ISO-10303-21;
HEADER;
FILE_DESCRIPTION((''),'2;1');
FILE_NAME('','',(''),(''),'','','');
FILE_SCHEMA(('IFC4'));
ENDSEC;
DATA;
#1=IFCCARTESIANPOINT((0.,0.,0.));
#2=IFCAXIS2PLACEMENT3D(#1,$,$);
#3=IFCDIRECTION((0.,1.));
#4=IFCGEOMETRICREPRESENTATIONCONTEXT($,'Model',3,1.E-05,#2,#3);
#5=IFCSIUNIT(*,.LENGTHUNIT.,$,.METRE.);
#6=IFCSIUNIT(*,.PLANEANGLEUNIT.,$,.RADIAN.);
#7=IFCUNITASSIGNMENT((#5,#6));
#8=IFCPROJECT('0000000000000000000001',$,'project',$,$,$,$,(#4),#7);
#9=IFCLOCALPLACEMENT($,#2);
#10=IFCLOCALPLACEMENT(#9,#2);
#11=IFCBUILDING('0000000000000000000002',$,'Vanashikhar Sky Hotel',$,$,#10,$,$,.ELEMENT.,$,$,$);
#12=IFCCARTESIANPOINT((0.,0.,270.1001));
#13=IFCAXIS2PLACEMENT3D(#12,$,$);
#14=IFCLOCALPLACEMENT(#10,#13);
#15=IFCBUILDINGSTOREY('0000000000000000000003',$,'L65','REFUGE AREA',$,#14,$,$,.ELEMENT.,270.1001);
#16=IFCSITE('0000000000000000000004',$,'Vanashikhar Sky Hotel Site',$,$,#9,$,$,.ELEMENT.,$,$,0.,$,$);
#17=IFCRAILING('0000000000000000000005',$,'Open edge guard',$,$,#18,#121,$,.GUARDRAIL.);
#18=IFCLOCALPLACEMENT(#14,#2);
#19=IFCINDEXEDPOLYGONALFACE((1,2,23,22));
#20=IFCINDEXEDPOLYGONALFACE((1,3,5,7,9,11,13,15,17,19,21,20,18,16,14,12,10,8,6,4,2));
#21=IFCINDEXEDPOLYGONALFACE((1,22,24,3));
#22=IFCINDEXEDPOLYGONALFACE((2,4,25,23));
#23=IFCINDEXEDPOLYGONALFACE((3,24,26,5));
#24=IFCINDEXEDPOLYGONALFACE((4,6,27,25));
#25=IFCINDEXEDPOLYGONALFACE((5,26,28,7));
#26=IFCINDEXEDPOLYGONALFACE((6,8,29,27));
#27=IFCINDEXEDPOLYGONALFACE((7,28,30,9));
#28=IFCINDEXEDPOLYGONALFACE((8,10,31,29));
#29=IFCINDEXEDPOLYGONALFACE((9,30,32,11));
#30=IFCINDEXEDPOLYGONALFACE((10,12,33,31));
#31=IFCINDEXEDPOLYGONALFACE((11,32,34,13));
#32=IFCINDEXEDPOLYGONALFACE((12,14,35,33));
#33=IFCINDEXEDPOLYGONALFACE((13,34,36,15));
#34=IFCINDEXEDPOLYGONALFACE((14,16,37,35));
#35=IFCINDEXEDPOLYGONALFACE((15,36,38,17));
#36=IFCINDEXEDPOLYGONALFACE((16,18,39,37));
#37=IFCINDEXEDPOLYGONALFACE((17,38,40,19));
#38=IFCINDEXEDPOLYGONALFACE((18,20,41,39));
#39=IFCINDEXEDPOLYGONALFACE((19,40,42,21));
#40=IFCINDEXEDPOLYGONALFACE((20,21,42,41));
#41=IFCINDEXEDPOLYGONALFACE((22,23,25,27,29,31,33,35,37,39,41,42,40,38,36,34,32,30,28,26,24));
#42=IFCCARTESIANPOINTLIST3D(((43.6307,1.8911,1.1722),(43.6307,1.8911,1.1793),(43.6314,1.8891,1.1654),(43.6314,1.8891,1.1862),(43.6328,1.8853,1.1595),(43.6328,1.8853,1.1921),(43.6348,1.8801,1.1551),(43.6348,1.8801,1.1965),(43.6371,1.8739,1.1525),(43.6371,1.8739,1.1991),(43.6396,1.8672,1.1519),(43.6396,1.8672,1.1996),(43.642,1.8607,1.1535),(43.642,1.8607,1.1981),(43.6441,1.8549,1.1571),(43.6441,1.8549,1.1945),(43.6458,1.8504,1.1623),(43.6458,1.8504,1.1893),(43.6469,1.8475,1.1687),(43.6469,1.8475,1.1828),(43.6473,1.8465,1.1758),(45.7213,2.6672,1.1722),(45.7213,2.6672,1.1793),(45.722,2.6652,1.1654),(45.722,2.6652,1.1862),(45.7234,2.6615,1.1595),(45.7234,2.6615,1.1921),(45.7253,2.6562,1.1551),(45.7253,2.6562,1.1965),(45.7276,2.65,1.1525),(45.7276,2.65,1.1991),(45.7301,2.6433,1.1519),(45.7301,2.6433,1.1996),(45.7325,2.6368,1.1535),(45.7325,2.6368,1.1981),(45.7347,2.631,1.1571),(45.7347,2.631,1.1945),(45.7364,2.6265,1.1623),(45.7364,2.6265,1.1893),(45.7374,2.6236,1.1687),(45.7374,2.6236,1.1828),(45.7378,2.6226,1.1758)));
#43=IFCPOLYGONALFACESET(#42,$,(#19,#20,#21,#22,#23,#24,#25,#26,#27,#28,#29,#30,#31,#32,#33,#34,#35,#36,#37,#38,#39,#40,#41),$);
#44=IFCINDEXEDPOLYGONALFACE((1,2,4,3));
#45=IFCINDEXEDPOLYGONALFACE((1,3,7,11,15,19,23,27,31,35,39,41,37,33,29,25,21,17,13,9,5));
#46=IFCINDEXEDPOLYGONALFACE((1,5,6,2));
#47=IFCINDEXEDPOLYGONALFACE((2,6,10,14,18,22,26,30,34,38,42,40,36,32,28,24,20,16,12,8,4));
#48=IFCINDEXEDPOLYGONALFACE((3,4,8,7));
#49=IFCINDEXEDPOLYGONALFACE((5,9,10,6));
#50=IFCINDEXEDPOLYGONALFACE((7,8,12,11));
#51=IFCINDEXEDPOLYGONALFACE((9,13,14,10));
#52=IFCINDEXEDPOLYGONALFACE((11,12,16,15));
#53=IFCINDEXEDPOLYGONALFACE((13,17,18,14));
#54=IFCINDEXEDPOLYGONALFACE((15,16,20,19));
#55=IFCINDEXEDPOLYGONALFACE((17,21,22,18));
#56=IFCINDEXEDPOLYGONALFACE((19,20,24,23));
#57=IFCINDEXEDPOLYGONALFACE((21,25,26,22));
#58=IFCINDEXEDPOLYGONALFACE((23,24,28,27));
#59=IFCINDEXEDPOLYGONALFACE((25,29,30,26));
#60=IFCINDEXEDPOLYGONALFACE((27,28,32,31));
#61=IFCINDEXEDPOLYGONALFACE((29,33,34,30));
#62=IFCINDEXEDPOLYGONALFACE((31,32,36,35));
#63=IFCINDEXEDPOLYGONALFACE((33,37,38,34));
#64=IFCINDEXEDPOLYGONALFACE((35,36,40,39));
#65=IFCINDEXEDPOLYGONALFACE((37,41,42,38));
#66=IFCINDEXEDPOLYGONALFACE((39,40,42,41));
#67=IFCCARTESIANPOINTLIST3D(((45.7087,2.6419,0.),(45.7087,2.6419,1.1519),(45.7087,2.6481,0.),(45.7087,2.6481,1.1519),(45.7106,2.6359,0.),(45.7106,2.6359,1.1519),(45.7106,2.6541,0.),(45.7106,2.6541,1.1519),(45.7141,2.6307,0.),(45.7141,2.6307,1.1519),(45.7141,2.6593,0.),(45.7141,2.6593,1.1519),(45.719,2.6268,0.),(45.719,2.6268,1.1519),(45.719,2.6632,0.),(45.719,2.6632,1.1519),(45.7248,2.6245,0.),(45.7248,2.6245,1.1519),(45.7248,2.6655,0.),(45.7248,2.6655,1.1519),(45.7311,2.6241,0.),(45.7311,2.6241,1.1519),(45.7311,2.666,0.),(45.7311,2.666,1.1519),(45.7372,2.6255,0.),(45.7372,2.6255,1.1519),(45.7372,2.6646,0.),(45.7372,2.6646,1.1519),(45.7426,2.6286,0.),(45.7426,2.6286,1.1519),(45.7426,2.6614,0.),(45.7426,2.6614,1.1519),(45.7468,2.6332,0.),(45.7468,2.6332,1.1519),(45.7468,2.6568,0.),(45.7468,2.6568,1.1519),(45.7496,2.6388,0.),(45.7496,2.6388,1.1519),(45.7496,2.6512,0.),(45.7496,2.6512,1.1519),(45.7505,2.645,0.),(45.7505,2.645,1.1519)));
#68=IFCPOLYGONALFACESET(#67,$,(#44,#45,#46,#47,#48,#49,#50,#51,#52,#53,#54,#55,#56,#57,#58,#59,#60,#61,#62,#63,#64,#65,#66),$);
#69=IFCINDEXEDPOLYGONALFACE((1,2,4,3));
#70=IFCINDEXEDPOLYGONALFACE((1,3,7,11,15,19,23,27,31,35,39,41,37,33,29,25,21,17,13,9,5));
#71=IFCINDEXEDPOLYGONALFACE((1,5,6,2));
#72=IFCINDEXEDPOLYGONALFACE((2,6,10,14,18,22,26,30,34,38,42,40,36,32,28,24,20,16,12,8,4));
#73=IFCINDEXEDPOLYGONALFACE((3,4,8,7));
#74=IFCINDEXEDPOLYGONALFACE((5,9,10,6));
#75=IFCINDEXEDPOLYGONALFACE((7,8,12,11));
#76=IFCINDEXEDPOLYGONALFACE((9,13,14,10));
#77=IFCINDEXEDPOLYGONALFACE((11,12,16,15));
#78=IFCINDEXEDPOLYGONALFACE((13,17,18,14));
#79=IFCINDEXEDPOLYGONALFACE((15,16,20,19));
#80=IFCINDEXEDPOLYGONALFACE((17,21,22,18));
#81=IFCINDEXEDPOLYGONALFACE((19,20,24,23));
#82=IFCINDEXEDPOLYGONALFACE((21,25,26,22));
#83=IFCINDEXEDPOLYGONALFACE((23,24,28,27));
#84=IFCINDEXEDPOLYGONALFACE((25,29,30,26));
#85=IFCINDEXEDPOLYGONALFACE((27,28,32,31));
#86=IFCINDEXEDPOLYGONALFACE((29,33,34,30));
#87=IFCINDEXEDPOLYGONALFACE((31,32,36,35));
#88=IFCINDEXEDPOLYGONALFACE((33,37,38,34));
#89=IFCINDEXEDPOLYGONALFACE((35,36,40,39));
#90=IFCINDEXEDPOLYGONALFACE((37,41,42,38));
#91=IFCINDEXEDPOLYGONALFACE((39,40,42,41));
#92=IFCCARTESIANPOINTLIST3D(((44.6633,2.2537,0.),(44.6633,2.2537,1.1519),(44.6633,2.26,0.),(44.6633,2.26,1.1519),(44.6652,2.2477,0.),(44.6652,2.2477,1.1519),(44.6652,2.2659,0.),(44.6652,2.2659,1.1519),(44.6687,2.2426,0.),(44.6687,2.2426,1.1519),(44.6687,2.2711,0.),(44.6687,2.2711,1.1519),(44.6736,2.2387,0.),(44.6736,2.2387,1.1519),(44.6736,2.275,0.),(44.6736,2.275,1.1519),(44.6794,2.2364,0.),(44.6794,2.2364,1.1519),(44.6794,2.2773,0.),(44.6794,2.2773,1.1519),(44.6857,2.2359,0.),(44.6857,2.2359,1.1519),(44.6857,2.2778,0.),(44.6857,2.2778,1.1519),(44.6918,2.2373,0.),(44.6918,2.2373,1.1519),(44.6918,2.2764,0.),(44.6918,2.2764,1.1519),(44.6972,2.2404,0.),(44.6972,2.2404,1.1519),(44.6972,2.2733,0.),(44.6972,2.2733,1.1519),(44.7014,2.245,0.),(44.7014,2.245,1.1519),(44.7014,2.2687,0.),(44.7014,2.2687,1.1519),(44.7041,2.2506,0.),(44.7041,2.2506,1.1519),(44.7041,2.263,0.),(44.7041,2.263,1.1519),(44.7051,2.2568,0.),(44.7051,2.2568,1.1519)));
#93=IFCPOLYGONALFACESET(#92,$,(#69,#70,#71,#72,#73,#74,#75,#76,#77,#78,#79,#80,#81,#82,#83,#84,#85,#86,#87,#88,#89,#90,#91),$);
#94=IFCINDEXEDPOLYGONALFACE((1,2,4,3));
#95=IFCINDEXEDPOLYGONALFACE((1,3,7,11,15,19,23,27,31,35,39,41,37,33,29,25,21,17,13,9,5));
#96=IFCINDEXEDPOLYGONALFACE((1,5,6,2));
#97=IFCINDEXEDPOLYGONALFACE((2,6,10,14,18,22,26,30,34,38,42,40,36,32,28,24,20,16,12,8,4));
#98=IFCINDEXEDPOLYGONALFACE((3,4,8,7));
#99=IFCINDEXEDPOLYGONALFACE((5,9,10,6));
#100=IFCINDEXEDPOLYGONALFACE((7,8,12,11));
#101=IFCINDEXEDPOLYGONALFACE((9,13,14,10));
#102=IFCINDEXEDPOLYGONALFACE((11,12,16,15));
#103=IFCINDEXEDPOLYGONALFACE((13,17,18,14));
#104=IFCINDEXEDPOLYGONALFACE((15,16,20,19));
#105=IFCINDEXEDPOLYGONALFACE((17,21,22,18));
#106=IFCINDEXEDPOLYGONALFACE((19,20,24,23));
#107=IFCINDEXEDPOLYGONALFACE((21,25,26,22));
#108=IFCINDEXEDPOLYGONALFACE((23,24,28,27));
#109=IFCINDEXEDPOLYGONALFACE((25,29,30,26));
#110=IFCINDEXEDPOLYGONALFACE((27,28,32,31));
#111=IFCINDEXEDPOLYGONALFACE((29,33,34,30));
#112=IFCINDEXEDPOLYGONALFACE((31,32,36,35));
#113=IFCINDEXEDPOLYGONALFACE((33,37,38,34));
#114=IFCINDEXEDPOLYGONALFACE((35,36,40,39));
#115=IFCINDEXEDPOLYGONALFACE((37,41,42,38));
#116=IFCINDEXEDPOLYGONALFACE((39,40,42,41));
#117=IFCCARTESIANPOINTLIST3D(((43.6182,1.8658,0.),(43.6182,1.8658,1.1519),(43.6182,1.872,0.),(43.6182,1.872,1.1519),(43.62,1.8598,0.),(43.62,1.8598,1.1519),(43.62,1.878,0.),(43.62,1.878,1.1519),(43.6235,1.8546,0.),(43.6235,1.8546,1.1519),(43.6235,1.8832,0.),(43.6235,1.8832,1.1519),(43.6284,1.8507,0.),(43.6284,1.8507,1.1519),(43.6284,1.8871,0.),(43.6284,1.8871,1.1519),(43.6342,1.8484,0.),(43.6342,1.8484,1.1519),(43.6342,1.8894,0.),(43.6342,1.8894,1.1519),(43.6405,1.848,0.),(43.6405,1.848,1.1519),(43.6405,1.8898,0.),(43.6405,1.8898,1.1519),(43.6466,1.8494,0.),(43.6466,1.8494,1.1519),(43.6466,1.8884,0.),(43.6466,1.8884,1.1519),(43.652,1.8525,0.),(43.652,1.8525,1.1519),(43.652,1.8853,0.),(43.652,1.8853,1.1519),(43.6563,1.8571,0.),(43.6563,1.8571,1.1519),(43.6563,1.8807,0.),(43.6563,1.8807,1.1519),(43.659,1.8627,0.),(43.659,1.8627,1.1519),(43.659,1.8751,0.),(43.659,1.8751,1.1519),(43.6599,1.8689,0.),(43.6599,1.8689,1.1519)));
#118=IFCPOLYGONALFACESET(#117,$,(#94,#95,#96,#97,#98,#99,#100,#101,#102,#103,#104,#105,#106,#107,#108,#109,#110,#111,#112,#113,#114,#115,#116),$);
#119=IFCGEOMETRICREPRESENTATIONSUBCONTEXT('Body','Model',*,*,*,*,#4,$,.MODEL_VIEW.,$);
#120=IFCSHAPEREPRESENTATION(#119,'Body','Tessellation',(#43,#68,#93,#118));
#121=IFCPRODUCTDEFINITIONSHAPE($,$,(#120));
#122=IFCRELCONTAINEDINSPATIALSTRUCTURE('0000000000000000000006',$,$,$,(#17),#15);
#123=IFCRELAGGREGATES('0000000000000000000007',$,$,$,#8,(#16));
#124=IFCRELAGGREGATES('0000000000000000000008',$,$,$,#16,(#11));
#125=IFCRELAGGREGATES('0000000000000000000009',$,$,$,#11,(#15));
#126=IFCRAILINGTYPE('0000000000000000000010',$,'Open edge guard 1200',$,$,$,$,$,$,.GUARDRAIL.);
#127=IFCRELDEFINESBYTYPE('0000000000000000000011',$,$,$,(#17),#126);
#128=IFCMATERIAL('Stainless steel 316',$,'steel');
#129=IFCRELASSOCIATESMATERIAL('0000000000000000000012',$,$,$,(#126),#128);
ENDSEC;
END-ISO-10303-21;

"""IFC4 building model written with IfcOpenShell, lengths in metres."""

from ifc_helpers import new_model, si_unit, direction, frame, origin, origin_2d, place, context, subcontext, project, spatial, circle, extrude, source, transform, mapped, material, type_object, element, save


model = new_model("IFC4")

# Units and contexts
model_context = context("Model", 3, precision=1e-05, world=origin(), true_north=direction((0.0, 1.0)))
body_context = subcontext(model_context, "Body", "Model", "MODEL_VIEW")
ifc_project = project(units=[si_unit("LENGTHUNIT", "METRE"), si_unit("PLANEANGLEUNIT", "RADIAN")], contexts=[model_context])

# Site, building, storey
site_placement = place(None, origin())
site = spatial("IfcSite", under=ifc_project, at=site_placement, Name="Vanashikhar Sky Hotel Site", CompositionType="ELEMENT", RefElevation=0.0)
building_placement = place(site_placement, origin())
building = spatial("IfcBuilding", under=site, at=building_placement, Name="Vanashikhar Sky Hotel", CompositionType="ELEMENT")
storey_placement = place(building_placement, frame((0.0, 0.0, 270.1001)))
storey = spatial("IfcBuildingStorey", under=building, at=storey_placement, Name="L65", Description="REFUGE AREA", CompositionType="ELEMENT", Elevation=270.1001)

# Railing
ifc_material_1 = material(Name="Stainless steel 316", Category="steel")
railing_type = type_object("IfcRailingType", Name="Open edge guard 1200", PredefinedType="GUARDRAIL", material=ifc_material_1)
shared_shape_1 = source(origin(), body_context, "Body", "SweptSolid", [
    extrude(circle(Radius=0.0239, at=origin_2d()), frame((0.0, 0.0, 1.1758), z_axis=(-0.93748, -0.348038, 0.0), x_axis=(0.348038, -0.93748, 0.0)), (0.0, 0.0, 1.0), 2.23),
    extrude(circle(Radius=0.021, at=origin_2d()), origin(), (0.0, 0.0, 1.0), 1.1519),
    extrude(circle(Radius=0.021, at=origin_2d()), frame((-1.0454, -0.3882, 0.0)), (0.0, 0.0, 1.0), 1.1519),
    extrude(circle(Radius=0.021, at=origin_2d()), frame((-2.0906, -0.7761, 0.0)), (0.0, 0.0, 1.0), 1.1519),
])
railing_1_placement = place(storey_placement, frame((45.7295, 2.645, 0.0)))
element("IfcRailing", 1, at=railing_1_placement, inside=storey, type_object=railing_type, Name="Open edge guard", PredefinedType="GUARDRAIL", context=body_context, shape_type="MappedRepresentation", body=[
    mapped(shared_shape_1, transform((0.0, 0.0, 0.0), scale=1.0)),
])

save(model, "model.ifc")
